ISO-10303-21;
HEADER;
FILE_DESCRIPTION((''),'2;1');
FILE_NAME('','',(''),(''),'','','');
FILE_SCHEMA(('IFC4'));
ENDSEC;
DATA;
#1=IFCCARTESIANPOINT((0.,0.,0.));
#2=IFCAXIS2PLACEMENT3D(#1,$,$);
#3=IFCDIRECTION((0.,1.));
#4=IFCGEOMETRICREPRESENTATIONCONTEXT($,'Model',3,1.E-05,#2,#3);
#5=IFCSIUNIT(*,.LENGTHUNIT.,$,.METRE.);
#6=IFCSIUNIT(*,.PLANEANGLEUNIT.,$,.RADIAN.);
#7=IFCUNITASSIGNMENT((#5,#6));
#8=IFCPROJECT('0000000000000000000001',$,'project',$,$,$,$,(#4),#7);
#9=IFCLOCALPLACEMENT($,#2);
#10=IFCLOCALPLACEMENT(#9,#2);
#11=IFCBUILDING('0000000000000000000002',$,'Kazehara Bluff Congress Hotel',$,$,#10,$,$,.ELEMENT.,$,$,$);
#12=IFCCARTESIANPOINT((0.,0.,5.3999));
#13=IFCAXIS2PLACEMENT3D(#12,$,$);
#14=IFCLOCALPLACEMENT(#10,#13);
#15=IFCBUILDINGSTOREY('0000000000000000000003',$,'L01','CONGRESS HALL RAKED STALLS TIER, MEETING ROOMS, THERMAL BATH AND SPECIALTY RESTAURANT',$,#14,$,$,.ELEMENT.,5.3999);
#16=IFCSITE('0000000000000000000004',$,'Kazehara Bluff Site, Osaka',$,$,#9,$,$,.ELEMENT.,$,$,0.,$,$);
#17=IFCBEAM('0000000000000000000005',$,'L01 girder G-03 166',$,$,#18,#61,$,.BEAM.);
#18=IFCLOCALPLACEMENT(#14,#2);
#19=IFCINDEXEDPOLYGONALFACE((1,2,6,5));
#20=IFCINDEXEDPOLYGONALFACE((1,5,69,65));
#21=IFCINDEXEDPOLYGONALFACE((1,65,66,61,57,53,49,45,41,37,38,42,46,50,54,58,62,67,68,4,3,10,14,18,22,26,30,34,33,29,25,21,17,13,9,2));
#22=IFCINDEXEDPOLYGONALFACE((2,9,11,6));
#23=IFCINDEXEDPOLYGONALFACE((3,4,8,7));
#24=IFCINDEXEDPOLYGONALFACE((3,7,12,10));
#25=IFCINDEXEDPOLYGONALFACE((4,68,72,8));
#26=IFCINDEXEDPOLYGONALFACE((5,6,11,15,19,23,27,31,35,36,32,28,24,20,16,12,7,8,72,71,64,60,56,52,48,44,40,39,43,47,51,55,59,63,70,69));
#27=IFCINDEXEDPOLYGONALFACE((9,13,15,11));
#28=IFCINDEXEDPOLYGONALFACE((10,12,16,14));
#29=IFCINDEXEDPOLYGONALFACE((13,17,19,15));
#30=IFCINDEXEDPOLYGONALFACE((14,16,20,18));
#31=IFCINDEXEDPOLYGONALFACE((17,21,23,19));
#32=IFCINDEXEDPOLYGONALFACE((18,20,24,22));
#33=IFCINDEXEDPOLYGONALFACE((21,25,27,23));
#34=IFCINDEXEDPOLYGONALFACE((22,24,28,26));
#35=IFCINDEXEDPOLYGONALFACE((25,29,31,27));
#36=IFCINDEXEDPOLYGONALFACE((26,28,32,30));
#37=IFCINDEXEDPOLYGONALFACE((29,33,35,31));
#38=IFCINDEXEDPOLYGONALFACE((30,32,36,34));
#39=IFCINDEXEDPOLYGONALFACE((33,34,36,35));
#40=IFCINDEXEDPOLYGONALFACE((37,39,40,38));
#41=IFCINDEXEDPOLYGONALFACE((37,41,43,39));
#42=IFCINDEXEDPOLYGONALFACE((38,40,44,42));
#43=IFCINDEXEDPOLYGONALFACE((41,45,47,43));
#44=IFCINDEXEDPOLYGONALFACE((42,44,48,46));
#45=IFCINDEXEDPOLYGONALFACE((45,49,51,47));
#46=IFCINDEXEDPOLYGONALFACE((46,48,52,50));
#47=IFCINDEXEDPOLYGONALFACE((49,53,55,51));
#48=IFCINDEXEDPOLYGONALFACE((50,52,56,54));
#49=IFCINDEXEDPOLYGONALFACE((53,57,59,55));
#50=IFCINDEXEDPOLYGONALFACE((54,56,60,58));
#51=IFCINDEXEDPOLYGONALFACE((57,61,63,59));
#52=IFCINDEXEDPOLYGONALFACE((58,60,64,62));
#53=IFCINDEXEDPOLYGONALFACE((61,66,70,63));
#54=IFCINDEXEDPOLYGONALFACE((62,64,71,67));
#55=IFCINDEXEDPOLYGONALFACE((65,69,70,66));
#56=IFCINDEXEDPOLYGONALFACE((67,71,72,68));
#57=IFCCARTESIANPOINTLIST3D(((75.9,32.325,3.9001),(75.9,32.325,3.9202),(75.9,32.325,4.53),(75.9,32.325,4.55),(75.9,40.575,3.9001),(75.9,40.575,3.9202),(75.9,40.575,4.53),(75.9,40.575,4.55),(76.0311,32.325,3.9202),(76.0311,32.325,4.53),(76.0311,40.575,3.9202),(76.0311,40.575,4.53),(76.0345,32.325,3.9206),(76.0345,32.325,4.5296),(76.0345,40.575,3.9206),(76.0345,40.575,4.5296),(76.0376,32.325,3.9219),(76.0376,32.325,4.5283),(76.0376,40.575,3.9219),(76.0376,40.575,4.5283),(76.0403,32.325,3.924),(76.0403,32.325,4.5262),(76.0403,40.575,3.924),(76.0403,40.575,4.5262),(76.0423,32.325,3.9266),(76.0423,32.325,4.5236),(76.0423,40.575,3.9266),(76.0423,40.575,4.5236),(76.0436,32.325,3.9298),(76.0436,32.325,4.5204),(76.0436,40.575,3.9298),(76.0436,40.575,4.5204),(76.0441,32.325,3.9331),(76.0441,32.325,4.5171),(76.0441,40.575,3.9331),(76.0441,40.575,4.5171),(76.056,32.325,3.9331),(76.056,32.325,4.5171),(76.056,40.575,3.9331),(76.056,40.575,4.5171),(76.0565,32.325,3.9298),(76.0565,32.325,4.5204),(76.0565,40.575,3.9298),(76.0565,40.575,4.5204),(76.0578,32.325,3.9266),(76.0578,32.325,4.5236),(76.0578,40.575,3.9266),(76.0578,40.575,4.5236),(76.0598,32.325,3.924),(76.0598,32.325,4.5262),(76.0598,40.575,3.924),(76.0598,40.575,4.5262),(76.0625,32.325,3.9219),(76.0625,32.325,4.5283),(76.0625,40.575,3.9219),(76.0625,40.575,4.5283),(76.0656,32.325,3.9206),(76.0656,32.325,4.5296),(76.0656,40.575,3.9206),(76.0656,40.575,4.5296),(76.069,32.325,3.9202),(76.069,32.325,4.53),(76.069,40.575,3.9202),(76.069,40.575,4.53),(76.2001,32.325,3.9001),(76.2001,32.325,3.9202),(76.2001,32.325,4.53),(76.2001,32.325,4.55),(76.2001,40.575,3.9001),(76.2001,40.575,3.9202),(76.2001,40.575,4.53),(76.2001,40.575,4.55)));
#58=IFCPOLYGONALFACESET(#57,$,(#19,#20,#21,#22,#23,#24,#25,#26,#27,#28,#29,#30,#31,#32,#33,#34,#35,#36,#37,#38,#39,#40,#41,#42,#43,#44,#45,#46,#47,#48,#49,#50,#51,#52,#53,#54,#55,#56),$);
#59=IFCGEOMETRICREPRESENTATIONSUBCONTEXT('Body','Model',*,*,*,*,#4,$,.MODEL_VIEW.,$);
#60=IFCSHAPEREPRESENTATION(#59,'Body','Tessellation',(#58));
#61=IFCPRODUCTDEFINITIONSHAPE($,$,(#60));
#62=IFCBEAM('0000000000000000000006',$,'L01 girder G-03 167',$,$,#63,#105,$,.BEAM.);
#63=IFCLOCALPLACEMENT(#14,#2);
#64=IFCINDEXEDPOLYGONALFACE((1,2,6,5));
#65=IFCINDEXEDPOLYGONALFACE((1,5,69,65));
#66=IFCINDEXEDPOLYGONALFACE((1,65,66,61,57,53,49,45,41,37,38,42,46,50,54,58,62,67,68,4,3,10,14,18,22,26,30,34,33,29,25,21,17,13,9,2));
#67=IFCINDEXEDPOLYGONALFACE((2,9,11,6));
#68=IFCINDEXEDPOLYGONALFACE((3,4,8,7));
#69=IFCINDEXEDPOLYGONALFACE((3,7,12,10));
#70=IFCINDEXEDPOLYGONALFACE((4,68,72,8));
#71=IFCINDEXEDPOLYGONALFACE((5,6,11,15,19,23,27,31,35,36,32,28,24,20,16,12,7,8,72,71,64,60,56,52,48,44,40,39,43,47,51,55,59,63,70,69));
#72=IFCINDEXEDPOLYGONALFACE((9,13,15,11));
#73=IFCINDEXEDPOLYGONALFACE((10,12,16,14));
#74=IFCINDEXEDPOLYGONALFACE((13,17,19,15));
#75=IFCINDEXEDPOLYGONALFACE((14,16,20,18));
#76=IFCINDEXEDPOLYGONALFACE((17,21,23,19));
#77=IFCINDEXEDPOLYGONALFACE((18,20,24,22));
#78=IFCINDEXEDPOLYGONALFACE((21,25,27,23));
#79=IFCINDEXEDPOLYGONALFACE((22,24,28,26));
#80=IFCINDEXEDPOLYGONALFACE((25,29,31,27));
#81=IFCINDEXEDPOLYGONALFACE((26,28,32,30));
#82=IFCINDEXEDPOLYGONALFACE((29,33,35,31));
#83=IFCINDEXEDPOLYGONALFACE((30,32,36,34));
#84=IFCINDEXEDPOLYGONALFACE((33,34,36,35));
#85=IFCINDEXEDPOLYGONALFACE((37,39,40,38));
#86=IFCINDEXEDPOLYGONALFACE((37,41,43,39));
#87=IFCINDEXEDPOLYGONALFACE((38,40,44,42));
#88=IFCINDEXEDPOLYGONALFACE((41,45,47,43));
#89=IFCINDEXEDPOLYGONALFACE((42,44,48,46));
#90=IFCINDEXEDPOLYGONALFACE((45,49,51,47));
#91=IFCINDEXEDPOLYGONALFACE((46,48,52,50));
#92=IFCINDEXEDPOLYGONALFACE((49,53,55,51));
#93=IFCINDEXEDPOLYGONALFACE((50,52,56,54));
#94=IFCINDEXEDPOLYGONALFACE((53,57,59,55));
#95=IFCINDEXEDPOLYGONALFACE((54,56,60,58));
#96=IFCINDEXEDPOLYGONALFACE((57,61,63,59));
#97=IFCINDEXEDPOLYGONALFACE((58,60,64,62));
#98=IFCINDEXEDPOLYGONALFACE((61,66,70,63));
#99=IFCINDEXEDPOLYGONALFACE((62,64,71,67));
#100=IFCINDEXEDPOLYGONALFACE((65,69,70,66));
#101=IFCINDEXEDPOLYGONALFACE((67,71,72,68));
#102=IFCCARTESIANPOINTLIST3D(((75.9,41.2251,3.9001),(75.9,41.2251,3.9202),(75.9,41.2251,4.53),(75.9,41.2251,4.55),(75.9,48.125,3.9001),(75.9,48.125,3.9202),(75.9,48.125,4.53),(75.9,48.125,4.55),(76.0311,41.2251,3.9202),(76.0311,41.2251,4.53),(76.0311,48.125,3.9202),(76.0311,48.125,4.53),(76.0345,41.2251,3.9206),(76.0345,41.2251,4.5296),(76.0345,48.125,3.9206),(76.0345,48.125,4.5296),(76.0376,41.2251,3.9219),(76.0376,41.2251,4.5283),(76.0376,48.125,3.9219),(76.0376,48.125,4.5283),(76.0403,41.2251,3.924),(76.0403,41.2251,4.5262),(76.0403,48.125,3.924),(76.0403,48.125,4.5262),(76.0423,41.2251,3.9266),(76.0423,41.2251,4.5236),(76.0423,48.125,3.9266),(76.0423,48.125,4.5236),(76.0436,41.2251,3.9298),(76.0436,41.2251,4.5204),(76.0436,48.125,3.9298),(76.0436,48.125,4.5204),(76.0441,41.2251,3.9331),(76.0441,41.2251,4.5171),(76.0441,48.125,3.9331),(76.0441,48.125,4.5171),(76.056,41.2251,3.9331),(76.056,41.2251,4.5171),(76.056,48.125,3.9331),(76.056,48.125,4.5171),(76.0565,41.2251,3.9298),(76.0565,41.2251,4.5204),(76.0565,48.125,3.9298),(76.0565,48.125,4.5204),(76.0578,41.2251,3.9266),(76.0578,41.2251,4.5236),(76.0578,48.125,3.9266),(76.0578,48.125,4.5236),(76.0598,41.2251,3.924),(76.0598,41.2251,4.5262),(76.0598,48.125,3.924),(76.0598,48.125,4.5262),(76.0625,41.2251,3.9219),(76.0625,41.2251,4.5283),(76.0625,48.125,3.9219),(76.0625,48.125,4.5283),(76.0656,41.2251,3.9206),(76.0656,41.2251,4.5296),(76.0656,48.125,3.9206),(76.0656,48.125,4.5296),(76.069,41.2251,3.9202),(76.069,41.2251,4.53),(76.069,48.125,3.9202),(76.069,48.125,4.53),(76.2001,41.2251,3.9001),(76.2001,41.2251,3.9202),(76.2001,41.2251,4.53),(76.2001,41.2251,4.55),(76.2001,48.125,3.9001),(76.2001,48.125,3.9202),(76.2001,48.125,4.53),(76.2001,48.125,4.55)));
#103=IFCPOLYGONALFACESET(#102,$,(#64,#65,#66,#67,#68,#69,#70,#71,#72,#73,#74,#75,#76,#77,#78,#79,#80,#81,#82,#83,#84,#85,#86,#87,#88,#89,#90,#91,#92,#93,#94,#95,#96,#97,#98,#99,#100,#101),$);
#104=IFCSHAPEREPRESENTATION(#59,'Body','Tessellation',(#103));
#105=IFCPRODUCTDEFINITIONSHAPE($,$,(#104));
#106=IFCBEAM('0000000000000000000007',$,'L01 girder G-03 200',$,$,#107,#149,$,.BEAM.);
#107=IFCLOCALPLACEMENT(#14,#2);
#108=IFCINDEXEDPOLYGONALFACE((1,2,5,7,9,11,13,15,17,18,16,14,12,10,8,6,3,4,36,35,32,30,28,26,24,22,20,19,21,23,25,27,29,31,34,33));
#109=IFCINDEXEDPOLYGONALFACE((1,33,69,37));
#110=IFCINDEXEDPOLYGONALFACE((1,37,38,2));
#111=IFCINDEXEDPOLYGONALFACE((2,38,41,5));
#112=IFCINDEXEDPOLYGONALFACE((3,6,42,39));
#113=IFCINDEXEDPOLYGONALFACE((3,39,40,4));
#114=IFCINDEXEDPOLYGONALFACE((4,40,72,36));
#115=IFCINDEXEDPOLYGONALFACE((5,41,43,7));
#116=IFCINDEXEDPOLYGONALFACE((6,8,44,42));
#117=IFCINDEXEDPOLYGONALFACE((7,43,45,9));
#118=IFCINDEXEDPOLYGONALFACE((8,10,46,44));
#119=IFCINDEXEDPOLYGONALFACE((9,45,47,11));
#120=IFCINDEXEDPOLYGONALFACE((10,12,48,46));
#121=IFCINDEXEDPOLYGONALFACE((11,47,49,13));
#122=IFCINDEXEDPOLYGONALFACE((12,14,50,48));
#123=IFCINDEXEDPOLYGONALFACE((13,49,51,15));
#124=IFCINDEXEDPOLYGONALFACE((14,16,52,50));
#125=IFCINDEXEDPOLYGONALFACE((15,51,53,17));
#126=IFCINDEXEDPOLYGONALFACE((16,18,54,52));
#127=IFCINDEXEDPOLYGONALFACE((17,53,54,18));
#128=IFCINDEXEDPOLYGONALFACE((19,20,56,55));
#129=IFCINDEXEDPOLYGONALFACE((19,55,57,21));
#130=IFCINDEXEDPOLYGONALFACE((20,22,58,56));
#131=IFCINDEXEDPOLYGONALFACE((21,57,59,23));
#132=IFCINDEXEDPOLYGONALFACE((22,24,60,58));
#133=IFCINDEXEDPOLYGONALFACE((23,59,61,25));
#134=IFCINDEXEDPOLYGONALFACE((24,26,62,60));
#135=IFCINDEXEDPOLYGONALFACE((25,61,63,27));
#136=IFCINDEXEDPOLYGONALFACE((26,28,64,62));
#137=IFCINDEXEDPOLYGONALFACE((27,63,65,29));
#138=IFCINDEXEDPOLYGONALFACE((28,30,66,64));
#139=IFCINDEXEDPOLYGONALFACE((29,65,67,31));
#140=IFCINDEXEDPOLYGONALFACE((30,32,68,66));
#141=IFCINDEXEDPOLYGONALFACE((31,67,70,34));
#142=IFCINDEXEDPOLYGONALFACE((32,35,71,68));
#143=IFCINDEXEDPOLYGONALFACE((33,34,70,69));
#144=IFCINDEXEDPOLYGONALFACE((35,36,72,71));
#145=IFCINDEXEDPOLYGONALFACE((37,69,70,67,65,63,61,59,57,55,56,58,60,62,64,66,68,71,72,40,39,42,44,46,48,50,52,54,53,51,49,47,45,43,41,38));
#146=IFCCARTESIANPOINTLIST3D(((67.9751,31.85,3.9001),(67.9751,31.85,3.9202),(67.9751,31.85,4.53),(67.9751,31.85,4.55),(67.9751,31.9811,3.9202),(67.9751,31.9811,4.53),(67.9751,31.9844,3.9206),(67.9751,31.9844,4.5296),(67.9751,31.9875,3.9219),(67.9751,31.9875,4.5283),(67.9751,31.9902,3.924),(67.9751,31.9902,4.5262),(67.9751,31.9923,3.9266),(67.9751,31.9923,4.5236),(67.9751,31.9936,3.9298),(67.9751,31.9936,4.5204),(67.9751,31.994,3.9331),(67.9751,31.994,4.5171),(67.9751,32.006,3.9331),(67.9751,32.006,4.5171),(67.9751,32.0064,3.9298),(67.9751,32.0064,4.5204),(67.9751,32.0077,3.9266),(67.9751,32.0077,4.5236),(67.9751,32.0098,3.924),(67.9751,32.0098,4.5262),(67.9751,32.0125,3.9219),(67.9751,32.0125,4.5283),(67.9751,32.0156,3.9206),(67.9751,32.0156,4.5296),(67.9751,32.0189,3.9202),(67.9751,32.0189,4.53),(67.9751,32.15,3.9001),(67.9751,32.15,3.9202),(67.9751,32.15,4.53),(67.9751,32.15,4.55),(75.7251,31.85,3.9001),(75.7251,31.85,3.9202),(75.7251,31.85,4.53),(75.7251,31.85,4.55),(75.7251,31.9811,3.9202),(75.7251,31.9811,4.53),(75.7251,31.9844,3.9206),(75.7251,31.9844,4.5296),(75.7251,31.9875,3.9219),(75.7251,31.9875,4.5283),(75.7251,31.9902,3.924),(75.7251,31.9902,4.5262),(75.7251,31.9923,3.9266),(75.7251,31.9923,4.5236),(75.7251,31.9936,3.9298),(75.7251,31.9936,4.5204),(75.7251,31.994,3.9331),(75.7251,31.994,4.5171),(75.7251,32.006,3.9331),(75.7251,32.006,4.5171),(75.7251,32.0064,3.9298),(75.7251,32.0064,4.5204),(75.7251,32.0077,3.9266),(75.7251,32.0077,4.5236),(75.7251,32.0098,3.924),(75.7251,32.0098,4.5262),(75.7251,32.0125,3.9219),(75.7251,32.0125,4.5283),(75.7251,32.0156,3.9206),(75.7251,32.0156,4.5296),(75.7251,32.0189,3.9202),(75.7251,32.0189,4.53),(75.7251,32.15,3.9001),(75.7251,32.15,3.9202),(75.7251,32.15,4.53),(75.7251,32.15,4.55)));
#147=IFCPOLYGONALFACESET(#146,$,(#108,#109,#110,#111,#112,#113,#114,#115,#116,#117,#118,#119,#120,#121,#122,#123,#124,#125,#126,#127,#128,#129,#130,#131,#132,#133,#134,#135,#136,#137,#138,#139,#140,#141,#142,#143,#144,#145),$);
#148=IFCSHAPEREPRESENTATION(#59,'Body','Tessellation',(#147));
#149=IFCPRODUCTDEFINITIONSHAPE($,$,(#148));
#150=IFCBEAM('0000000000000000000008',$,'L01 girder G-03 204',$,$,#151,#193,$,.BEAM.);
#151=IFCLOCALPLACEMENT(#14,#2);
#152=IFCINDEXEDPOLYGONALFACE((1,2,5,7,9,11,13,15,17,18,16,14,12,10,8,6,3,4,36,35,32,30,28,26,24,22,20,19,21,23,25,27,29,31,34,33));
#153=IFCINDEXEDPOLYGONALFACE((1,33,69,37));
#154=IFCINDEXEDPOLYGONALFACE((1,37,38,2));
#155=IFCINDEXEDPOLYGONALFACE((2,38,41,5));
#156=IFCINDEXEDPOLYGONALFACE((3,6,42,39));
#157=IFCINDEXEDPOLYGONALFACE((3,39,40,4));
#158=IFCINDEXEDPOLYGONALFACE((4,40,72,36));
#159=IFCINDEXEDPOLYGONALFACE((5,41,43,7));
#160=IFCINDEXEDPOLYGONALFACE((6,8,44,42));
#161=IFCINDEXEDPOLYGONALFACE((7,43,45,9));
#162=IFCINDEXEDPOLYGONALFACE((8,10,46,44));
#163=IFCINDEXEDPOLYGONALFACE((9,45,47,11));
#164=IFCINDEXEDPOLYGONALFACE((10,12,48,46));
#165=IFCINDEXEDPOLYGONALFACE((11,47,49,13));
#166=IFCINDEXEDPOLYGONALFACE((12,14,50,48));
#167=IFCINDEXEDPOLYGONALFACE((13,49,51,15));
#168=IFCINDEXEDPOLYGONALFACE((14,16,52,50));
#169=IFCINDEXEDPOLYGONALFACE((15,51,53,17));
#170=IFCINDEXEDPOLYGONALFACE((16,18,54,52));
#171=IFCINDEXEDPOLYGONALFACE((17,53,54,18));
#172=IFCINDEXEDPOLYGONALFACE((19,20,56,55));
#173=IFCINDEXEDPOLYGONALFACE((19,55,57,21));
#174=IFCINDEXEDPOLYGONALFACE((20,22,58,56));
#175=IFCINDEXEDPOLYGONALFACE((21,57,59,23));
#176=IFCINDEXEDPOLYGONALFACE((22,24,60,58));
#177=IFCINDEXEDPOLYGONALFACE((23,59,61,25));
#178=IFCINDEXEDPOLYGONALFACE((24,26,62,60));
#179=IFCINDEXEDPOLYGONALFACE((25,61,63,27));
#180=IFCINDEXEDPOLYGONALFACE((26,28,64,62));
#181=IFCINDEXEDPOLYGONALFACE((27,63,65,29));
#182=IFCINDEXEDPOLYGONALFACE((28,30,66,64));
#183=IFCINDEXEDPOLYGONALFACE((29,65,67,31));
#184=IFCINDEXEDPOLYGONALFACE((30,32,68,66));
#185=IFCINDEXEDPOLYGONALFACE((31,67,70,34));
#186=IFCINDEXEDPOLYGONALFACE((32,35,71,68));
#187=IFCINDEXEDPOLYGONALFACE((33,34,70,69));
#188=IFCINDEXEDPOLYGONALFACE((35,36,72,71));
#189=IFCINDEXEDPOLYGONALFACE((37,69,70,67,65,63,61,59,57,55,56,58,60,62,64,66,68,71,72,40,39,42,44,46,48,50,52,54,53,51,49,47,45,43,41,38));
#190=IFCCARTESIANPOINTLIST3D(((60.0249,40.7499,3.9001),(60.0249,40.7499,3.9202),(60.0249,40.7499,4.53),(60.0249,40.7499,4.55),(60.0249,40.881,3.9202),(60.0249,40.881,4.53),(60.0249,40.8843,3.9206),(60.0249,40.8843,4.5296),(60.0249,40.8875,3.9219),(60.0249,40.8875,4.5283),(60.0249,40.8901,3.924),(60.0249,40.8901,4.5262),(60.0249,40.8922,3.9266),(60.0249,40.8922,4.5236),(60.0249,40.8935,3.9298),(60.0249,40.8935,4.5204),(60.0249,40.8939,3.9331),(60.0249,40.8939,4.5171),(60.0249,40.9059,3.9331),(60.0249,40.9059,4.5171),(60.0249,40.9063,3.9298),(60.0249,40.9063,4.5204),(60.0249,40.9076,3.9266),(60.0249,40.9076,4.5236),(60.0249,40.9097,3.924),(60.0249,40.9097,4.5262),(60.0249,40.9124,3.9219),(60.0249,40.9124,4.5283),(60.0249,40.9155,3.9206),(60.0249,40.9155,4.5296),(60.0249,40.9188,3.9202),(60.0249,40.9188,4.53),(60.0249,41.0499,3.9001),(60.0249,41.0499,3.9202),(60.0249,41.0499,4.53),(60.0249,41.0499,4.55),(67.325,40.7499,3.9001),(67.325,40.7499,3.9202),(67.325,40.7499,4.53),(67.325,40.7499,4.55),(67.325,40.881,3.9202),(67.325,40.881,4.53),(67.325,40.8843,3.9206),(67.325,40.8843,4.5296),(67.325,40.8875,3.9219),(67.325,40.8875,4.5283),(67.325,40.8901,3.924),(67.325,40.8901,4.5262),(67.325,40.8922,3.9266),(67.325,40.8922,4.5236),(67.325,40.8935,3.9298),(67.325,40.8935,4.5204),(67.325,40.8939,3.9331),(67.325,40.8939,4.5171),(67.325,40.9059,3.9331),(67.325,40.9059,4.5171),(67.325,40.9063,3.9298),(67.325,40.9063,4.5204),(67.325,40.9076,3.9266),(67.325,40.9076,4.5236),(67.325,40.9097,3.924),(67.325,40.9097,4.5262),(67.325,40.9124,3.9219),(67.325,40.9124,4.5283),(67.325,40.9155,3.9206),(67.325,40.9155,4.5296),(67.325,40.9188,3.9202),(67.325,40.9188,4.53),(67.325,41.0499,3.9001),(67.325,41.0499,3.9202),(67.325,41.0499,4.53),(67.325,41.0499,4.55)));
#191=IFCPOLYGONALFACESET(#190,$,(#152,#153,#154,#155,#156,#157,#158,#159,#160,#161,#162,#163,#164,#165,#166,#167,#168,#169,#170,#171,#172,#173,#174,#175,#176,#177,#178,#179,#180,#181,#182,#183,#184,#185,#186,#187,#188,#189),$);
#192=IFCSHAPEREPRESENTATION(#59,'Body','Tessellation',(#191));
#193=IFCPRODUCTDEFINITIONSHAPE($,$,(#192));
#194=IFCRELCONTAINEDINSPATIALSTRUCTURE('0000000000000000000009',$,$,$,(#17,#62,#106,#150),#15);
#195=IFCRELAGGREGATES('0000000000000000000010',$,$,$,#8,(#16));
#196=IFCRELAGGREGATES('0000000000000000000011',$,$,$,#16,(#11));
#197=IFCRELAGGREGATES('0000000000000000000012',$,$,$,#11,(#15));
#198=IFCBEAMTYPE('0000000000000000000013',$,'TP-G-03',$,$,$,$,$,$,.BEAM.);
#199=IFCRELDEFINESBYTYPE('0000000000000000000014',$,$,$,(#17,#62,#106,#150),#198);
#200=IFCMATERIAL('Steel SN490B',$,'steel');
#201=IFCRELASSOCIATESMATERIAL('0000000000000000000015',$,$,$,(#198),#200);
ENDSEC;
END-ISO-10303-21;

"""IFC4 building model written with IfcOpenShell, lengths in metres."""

from ifc_helpers import new_model, si_unit, direction, frame, origin, origin_2d, place, context, subcontext, project, spatial, i_section, extrude, material, material_profile, profile_set, type_object, element, save


model = new_model("IFC4")

# Units and contexts
model_context = context("Model", 3, precision=1e-05, world=origin(), true_north=direction((0.0, 1.0)))
body_context = subcontext(model_context, "Body", "Model", "MODEL_VIEW")
ifc_project = project(units=[si_unit("LENGTHUNIT", "METRE"), si_unit("PLANEANGLEUNIT", "RADIAN")], contexts=[model_context])

# Site, building, storey
site_placement = place(None, origin())
site = spatial("IfcSite", under=ifc_project, at=site_placement, Name="Kazehara Bluff Site, Osaka", CompositionType="ELEMENT", RefElevation=0.0)
building_placement = place(site_placement, origin())
building = spatial("IfcBuilding", under=site, at=building_placement, Name="Kazehara Bluff Congress Hotel", CompositionType="ELEMENT")
storey_placement = place(building_placement, frame((0.0, 0.0, 5.3999)))
storey = spatial("IfcBuildingStorey", under=building, at=storey_placement, Name="L01", Description="CONGRESS HALL RAKED STALLS TIER, MEETING ROOMS, THERMAL BATH AND SPECIALTY RESTAURANT", CompositionType="ELEMENT", Elevation=5.3999)

# Beams
ifc_material_1 = material(Name="Steel SN490B", Category="steel")
ifc_material_profile_1 = material_profile(ifc_material_1, i_section(OverallWidth=0.3, OverallDepth=0.6499, WebThickness=0.012, FlangeThickness=0.02, FilletRadius=0.0129, at=origin_2d()))
ifc_profile_set_1 = profile_set([ifc_material_profile_1], Name="Steel SN490B")
beam_type_1 = type_object("IfcBeamType", Name="TP-G-03", PredefinedType="BEAM", material=ifc_profile_set_1)
beam_1_placement = place(storey_placement, frame((76.05, 32.325, 4.2251), z_axis=(0.0, 1.0, 0.0), x_axis=(-1.0, 0.0, 0.0)))
element("IfcBeam", 1, at=beam_1_placement, inside=storey, type_object=beam_type_1, Name="L01 girder G-03 166", PredefinedType="BEAM", context=body_context, shape_type="SweptSolid", body=[
    extrude(i_section(OverallWidth=0.3, OverallDepth=0.6499, WebThickness=0.012, FlangeThickness=0.02, FilletRadius=0.0129, at=origin_2d()), origin(), (0.0, 0.0, 1.0), 8.25),
])
beam_2_placement = place(storey_placement, frame((76.05, 41.2251, 4.2251), z_axis=(0.0, 1.0, 0.0), x_axis=(-1.0, 0.0, 0.0)))
element("IfcBeam", 2, at=beam_2_placement, inside=storey, type_object=beam_type_1, Name="L01 girder G-03 167", PredefinedType="BEAM", context=body_context, shape_type="SweptSolid", body=[
    extrude(i_section(OverallWidth=0.3, OverallDepth=0.6499, WebThickness=0.012, FlangeThickness=0.02, FilletRadius=0.0129, at=origin_2d()), origin(), (0.0, 0.0, 1.0), 6.8999),
])
beam_3_placement = place(storey_placement, frame((67.9751, 32.0, 4.2251), z_axis=(1.0, 0.0, 0.0), x_axis=(0.0, 1.0, 0.0)))
element("IfcBeam", 3, at=beam_3_placement, inside=storey, type_object=beam_type_1, Name="L01 girder G-03 200", PredefinedType="BEAM", context=body_context, shape_type="SweptSolid", body=[
    extrude(i_section(OverallWidth=0.3, OverallDepth=0.6499, WebThickness=0.012, FlangeThickness=0.02, FilletRadius=0.0129, at=origin_2d()), origin(), (0.0, 0.0, 1.0), 7.75),
])
beam_4_placement = place(storey_placement, frame((60.0249, 40.8999, 4.2251), z_axis=(1.0, 0.0, 0.0), x_axis=(0.0, 1.0, 0.0)))
element("IfcBeam", 4, at=beam_4_placement, inside=storey, type_object=beam_type_1, Name="L01 girder G-03 204", PredefinedType="BEAM", context=body_context, shape_type="SweptSolid", body=[
    extrude(i_section(OverallWidth=0.3, OverallDepth=0.6499, WebThickness=0.012, FlangeThickness=0.02, FilletRadius=0.0129, at=origin_2d()), origin(), (0.0, 0.0, 1.0), 7.3),
])

save(model, "model.ifc")
